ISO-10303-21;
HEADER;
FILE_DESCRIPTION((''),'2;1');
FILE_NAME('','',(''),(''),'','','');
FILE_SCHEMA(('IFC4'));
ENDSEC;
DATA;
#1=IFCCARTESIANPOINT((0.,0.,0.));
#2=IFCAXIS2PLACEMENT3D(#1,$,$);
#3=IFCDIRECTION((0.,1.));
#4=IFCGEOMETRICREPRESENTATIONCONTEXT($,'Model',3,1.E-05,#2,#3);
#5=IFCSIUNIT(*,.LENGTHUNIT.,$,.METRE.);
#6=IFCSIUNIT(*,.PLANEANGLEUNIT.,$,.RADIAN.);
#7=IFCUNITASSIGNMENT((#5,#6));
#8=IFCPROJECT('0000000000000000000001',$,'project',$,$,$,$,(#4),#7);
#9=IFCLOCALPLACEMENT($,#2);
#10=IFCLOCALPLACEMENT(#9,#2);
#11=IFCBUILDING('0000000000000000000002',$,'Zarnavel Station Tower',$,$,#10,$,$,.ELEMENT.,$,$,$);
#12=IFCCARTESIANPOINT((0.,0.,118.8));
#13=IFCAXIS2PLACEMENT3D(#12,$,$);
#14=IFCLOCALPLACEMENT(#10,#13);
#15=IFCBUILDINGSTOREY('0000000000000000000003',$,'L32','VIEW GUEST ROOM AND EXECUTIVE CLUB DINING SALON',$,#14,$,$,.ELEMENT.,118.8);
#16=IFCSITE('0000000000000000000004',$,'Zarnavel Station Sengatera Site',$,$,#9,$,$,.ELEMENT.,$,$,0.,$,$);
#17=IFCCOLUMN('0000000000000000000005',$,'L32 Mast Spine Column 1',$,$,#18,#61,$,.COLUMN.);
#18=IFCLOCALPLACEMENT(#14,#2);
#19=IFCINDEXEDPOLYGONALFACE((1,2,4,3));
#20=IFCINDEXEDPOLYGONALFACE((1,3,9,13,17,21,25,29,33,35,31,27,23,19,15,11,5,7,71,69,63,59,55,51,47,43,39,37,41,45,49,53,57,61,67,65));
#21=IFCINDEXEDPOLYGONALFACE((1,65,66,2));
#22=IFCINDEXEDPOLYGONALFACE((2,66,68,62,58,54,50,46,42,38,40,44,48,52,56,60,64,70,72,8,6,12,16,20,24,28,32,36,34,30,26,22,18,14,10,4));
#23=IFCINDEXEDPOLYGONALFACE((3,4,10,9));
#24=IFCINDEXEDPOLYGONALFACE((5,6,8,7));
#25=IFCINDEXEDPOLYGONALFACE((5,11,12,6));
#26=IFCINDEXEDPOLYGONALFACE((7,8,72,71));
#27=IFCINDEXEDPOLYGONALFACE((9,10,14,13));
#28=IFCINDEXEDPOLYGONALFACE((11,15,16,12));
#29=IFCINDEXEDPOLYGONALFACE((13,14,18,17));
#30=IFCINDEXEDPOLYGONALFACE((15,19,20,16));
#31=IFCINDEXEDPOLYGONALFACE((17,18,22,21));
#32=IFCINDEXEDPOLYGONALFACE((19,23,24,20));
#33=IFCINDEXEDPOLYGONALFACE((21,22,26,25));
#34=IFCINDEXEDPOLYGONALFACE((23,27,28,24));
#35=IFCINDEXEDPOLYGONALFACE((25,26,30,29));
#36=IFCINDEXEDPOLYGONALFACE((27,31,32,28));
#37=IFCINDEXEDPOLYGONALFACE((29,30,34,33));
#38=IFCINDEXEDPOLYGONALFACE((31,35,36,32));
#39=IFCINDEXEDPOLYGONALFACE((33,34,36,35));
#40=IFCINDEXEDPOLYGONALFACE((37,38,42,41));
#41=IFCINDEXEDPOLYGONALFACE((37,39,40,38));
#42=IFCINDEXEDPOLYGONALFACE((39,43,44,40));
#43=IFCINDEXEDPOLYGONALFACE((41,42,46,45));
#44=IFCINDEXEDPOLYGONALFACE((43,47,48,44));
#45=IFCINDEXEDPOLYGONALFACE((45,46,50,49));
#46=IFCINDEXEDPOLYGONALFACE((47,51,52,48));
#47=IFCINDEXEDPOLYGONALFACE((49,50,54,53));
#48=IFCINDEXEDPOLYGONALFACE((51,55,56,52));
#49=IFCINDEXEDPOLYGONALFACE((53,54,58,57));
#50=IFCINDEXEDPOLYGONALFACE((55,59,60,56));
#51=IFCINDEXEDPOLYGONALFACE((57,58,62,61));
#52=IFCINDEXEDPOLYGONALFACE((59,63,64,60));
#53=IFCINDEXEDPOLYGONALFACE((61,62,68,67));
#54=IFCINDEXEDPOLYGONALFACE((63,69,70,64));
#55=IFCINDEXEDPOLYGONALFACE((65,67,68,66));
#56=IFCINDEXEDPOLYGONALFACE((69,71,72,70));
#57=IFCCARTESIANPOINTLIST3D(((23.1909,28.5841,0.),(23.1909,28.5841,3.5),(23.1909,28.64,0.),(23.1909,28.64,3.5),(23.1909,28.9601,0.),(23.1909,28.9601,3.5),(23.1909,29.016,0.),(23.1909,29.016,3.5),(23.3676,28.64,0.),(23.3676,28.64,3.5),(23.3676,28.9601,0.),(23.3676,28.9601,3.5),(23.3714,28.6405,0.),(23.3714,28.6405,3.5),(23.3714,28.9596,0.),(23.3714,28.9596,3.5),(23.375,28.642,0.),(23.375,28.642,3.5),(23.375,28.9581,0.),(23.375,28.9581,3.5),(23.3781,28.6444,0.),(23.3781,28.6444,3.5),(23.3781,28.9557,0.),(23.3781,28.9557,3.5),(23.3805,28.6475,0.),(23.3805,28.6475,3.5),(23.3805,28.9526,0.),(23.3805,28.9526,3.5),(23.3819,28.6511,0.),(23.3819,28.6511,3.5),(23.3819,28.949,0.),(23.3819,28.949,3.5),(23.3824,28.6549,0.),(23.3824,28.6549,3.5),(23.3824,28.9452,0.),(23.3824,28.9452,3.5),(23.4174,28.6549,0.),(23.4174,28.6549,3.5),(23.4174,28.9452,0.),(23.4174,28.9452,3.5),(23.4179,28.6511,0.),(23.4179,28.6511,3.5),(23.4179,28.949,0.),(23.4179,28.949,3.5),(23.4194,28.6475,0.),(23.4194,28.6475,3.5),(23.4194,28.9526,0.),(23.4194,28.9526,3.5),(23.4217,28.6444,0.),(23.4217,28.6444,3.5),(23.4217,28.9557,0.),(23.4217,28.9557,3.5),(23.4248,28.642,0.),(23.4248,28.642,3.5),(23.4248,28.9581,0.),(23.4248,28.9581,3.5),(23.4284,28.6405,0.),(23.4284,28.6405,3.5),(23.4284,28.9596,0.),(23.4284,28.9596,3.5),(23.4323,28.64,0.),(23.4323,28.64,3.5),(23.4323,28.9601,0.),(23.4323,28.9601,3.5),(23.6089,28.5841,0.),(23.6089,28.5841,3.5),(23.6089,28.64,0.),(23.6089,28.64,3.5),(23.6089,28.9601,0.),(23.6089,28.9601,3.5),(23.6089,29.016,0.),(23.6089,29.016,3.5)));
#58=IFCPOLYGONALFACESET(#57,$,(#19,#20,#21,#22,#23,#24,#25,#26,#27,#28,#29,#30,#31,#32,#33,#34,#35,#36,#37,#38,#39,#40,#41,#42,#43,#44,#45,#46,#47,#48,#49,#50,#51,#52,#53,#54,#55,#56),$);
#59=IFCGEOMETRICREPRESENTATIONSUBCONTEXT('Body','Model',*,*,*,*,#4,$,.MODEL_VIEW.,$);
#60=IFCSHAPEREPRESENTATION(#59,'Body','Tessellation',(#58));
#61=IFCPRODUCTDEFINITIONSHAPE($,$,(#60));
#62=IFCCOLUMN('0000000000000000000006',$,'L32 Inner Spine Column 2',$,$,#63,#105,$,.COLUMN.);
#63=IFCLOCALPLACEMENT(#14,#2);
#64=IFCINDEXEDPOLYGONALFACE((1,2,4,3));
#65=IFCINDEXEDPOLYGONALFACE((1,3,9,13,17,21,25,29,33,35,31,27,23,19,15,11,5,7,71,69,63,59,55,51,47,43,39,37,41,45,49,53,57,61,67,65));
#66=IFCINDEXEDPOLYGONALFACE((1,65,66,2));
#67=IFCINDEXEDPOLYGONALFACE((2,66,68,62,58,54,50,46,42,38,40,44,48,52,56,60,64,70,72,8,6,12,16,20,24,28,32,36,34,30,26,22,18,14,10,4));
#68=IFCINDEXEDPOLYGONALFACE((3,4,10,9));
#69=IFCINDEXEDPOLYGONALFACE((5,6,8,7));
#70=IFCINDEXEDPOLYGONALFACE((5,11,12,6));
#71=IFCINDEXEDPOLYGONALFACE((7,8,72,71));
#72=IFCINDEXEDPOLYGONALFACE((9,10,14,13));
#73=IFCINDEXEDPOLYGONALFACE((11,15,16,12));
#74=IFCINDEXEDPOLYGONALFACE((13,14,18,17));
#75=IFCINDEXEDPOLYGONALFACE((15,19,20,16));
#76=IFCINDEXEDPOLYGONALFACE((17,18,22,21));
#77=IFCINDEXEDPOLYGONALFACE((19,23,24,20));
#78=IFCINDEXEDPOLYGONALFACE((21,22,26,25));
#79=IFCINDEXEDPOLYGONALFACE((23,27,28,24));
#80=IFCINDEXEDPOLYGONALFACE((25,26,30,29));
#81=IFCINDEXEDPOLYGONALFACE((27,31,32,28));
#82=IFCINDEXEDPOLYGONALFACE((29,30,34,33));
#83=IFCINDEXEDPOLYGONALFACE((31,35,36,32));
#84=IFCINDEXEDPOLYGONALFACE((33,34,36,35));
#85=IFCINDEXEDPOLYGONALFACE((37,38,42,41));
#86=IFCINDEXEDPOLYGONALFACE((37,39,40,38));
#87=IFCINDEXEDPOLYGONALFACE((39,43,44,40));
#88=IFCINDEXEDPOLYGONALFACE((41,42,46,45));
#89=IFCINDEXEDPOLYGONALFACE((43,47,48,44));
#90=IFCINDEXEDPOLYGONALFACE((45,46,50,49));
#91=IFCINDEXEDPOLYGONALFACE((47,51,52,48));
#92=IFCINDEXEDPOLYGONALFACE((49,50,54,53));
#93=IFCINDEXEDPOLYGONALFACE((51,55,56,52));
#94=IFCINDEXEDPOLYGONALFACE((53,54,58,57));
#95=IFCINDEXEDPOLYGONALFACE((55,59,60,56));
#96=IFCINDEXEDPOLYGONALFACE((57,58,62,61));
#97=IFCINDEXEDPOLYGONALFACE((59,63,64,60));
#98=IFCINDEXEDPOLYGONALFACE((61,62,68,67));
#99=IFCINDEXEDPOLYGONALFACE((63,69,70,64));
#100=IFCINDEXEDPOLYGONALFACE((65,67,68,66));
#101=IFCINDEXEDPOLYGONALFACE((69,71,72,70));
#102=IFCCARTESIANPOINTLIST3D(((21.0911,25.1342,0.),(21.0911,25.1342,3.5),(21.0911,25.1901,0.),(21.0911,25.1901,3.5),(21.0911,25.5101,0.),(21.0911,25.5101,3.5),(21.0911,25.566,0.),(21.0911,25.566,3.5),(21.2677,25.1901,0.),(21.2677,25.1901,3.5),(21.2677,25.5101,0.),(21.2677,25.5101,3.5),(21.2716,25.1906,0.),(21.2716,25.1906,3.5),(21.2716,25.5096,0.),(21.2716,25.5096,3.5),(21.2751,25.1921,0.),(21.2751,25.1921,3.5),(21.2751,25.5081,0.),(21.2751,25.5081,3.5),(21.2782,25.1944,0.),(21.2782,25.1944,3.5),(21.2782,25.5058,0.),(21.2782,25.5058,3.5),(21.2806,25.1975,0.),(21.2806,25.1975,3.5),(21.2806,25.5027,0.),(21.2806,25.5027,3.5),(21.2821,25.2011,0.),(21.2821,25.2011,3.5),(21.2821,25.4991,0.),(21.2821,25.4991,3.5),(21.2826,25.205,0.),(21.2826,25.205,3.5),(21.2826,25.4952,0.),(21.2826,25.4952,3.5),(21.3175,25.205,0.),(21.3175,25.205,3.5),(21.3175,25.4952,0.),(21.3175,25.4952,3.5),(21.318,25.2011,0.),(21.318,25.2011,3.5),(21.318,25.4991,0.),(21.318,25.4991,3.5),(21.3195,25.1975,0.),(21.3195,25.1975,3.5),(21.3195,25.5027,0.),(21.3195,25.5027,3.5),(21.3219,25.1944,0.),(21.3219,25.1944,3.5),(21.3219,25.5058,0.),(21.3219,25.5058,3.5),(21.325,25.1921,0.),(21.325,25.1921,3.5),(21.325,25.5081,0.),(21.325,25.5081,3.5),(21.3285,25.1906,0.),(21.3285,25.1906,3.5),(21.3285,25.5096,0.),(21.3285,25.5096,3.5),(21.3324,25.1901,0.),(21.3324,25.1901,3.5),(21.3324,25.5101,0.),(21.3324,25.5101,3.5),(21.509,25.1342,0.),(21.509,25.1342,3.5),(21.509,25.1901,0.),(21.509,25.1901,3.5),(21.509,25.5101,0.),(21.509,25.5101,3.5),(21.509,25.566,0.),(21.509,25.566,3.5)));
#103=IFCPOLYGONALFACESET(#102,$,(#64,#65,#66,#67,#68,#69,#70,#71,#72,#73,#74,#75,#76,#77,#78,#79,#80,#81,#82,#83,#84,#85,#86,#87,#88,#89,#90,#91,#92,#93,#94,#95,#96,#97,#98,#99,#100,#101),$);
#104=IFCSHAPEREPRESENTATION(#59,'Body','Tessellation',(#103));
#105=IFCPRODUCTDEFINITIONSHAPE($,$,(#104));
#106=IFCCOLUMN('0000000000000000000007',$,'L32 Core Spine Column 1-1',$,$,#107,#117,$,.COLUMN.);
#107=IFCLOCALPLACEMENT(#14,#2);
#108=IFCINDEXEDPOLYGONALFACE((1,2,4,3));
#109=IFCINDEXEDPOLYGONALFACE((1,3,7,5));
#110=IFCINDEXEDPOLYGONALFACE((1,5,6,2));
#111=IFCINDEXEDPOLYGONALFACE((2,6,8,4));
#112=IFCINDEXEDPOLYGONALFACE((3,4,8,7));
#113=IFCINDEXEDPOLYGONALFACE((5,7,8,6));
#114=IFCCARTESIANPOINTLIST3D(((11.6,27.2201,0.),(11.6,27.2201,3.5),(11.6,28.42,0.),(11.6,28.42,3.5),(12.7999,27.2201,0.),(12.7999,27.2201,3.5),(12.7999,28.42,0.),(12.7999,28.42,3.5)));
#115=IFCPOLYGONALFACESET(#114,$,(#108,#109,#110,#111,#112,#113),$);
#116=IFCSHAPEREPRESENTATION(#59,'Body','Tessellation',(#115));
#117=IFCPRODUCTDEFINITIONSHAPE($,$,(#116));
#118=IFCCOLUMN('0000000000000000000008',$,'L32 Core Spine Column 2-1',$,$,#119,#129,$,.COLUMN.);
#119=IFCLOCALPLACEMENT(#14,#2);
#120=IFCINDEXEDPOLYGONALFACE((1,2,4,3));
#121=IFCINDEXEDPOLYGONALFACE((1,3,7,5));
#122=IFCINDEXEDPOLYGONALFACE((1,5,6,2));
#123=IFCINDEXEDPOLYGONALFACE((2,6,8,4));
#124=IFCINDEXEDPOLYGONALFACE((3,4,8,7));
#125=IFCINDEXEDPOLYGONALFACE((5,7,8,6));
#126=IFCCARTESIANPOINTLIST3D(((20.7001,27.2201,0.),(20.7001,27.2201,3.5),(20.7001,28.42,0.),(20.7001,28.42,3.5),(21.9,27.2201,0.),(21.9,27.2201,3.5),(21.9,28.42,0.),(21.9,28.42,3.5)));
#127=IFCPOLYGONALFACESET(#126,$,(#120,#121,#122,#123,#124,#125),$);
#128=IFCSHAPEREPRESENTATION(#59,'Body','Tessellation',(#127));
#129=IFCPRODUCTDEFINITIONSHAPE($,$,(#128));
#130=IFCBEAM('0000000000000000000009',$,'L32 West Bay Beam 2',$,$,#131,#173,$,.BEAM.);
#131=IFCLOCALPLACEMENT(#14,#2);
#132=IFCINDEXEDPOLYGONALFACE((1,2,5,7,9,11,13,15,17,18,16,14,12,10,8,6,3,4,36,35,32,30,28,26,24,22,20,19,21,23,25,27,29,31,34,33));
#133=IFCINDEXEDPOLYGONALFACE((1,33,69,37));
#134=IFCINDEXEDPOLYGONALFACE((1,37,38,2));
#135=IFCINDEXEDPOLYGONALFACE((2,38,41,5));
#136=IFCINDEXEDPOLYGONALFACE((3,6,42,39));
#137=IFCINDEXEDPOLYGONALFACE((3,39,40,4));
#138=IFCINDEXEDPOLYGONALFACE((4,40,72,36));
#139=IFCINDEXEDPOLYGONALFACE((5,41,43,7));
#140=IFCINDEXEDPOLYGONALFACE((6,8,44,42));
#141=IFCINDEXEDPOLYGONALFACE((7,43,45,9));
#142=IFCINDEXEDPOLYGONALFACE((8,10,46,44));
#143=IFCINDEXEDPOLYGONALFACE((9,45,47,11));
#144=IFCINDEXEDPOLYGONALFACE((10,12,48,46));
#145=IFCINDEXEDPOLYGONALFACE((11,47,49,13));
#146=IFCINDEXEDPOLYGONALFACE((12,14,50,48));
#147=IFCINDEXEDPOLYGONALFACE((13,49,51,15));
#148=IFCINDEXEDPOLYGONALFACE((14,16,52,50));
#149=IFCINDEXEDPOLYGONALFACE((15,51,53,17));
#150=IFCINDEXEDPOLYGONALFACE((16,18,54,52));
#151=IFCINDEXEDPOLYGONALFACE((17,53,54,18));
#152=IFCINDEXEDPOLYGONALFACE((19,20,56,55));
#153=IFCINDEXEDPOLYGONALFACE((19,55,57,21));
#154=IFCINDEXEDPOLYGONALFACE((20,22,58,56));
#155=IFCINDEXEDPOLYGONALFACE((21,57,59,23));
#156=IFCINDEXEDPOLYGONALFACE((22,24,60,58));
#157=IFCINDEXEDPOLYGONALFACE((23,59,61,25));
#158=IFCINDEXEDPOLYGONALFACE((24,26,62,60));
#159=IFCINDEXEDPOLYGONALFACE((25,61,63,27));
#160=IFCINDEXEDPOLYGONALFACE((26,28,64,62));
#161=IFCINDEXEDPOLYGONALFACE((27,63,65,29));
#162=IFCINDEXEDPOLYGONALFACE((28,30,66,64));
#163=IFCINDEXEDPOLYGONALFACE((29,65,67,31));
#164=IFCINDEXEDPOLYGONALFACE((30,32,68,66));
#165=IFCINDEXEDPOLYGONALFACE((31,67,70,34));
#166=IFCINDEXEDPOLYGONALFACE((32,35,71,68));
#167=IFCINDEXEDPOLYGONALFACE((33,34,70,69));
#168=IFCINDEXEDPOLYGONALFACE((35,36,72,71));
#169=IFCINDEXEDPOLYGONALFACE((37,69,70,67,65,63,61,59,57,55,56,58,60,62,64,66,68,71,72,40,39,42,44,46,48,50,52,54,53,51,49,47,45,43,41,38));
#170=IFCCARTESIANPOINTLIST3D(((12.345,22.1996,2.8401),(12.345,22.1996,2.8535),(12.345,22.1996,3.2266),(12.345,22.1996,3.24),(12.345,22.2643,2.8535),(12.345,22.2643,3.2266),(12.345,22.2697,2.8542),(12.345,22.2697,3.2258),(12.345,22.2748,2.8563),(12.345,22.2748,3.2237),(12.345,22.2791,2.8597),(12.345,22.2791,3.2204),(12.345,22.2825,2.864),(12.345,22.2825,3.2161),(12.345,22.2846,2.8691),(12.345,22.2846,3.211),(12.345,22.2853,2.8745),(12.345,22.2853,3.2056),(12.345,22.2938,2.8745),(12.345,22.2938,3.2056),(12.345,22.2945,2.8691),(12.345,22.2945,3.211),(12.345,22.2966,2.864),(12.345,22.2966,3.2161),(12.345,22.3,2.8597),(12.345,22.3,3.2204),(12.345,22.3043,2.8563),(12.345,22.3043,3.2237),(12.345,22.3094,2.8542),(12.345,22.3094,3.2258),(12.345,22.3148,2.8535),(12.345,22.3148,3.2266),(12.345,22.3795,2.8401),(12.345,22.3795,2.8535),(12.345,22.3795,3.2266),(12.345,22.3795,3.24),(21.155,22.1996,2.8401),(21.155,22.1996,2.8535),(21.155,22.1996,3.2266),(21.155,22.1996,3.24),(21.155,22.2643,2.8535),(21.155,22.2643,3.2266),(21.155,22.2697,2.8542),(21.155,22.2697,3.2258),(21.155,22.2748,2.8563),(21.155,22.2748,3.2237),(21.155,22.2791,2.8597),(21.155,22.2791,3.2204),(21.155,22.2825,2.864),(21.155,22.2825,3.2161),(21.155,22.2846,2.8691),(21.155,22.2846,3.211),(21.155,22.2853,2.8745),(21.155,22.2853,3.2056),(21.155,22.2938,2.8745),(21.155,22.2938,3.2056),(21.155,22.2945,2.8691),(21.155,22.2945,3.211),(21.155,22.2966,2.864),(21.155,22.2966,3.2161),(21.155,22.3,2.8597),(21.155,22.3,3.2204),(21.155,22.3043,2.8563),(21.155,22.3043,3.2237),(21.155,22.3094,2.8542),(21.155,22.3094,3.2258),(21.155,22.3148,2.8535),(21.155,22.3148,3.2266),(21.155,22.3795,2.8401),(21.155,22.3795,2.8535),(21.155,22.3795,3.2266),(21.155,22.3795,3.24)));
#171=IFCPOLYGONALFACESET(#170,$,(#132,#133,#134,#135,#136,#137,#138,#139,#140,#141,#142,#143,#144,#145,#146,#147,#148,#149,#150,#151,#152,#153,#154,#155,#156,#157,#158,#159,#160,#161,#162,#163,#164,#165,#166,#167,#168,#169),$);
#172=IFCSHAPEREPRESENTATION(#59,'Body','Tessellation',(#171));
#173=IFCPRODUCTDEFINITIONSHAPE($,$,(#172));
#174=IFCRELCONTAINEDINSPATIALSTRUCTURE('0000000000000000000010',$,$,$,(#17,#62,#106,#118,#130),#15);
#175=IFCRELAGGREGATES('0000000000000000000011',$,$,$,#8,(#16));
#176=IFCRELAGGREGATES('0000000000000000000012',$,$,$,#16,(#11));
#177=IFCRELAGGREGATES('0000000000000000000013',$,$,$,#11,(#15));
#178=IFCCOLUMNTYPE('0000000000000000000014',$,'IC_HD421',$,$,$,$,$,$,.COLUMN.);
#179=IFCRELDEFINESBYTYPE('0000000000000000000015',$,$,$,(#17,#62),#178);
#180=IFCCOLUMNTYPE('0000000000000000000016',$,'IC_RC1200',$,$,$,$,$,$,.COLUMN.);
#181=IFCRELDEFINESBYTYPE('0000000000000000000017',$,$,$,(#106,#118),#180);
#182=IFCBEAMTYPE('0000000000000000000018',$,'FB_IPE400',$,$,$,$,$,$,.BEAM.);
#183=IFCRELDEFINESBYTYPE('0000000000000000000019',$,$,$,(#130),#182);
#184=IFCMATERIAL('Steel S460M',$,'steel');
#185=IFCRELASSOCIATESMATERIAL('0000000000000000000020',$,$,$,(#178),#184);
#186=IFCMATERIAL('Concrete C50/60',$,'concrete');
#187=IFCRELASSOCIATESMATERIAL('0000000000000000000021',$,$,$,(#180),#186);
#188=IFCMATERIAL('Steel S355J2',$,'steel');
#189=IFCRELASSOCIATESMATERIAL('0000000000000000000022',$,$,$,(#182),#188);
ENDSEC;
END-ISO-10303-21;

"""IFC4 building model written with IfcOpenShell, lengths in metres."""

from ifc_helpers import new_model, si_unit, direction, frame, origin, origin_2d, place, context, subcontext, project, spatial, rectangle, i_section, extrude, material, material_profile, profile_set, type_object, element, save


model = new_model("IFC4")

# Units and contexts
model_context = context("Model", 3, precision=1e-05, world=origin(), true_north=direction((0.0, 1.0)))
body_context = subcontext(model_context, "Body", "Model", "MODEL_VIEW")
ifc_project = project(units=[si_unit("LENGTHUNIT", "METRE"), si_unit("PLANEANGLEUNIT", "RADIAN")], contexts=[model_context])

# Site, building, storey
site_placement = place(None, origin())
site = spatial("IfcSite", under=ifc_project, at=site_placement, Name="Zarnavel Station Sengatera Site", CompositionType="ELEMENT", RefElevation=0.0)
building_placement = place(site_placement, origin())
building = spatial("IfcBuilding", under=site, at=building_placement, Name="Zarnavel Station Tower", CompositionType="ELEMENT")
storey_placement = place(building_placement, frame((0.0, 0.0, 118.8)))
storey = spatial("IfcBuildingStorey", under=building, at=storey_placement, Name="L32", Description="VIEW GUEST ROOM AND EXECUTIVE CLUB DINING SALON", CompositionType="ELEMENT", Elevation=118.8)

# Columns
ifc_material_1 = material(Name="Steel S460M", Category="steel")
ifc_material_profile_1 = material_profile(ifc_material_1, i_section(OverallWidth=0.418, OverallDepth=0.4319, WebThickness=0.0349, FlangeThickness=0.0559, FilletRadius=0.0149, at=origin_2d()), Name="HD400x421")
ifc_profile_set_1 = profile_set([ifc_material_profile_1], Name="Steel S460M")
column_type_1 = type_object("IfcColumnType", Name="IC_HD421", PredefinedType="COLUMN", material=ifc_profile_set_1)
for number, where, z_axis, x_axis, name in (
    (1, (23.3999, 28.8, 0.0), (0.0, 0.0, 1.0), (1.0, 0.0, 0.0), "L32 Mast Spine Column 1"),
    (2, (21.3, 25.3501, 0.0), (0.0, 0.0, 1.0), (1.0, 0.0, 0.0), "L32 Inner Spine Column 2"),
):
    element("IfcColumn", number, at=place(storey_placement, frame(where, z_axis=z_axis, x_axis=x_axis)), inside=storey, type_object=column_type_1, Name=name, PredefinedType="COLUMN", context=body_context, shape_type="SweptSolid", body=[
        extrude(i_section(OverallWidth=0.418, OverallDepth=0.4319, WebThickness=0.0349, FlangeThickness=0.0559, FilletRadius=0.0149, at=origin_2d()), origin(), (0.0, 0.0, 1.0), 3.5),
    ])
ifc_material_2 = material(Name="Concrete C50/60", Category="concrete")
ifc_material_profile_2 = material_profile(ifc_material_2, rectangle(XDim=1.2, YDim=1.2, at=origin_2d()), Name="RC1200x1200")
ifc_profile_set_2 = profile_set([ifc_material_profile_2], Name="Concrete C50/60")
column_type_2 = type_object("IfcColumnType", Name="IC_RC1200", PredefinedType="COLUMN", material=ifc_profile_set_2)
for number, where, z_axis, x_axis, name in (
    (3, (12.2, 27.8201, 0.0), (0.0, 0.0, 1.0), (1.0, 0.0, 0.0), "L32 Core Spine Column 1-1"),
    (4, (21.3, 27.8201, 0.0), (0.0, 0.0, 1.0), (1.0, 0.0, 0.0), "L32 Core Spine Column 2-1"),
):
    element("IfcColumn", number, at=place(storey_placement, frame(where, z_axis=z_axis, x_axis=x_axis)), inside=storey, type_object=column_type_2, Name=name, PredefinedType="COLUMN", context=body_context, shape_type="SweptSolid", body=[
        extrude(rectangle(XDim=1.2, YDim=1.2, at=origin_2d()), origin(), (0.0, 0.0, 1.0), 3.5),
    ])

# Beam
ifc_material_3 = material(Name="Steel S355J2", Category="steel")
ifc_material_profile_3 = material_profile(ifc_material_3, i_section(OverallWidth=0.1799, OverallDepth=0.3999, WebThickness=0.0085, FlangeThickness=0.0134, FilletRadius=0.021, at=origin_2d()), Name="IPE400")
ifc_profile_set_3 = profile_set([ifc_material_profile_3], Name="Steel S355J2")
beam_type_1 = type_object("IfcBeamType", Name="FB_IPE400", PredefinedType="BEAM", material=ifc_profile_set_3)
beam_1_placement = place(storey_placement, frame((12.345, 22.2896, 3.04), z_axis=(1.0, 0.0, 0.0), x_axis=(0.0, 1.0, 0.0)))
element("IfcBeam", 5, at=beam_1_placement, inside=storey, type_object=beam_type_1, Name="L32 West Bay Beam 2", PredefinedType="BEAM", context=body_context, shape_type="SweptSolid", body=[
    extrude(i_section(OverallWidth=0.1799, OverallDepth=0.3999, WebThickness=0.0085, FlangeThickness=0.0134, FilletRadius=0.021, at=origin_2d()), origin(), (0.0, 0.0, 1.0), 8.8101),
])

save(model, "model.ifc")
